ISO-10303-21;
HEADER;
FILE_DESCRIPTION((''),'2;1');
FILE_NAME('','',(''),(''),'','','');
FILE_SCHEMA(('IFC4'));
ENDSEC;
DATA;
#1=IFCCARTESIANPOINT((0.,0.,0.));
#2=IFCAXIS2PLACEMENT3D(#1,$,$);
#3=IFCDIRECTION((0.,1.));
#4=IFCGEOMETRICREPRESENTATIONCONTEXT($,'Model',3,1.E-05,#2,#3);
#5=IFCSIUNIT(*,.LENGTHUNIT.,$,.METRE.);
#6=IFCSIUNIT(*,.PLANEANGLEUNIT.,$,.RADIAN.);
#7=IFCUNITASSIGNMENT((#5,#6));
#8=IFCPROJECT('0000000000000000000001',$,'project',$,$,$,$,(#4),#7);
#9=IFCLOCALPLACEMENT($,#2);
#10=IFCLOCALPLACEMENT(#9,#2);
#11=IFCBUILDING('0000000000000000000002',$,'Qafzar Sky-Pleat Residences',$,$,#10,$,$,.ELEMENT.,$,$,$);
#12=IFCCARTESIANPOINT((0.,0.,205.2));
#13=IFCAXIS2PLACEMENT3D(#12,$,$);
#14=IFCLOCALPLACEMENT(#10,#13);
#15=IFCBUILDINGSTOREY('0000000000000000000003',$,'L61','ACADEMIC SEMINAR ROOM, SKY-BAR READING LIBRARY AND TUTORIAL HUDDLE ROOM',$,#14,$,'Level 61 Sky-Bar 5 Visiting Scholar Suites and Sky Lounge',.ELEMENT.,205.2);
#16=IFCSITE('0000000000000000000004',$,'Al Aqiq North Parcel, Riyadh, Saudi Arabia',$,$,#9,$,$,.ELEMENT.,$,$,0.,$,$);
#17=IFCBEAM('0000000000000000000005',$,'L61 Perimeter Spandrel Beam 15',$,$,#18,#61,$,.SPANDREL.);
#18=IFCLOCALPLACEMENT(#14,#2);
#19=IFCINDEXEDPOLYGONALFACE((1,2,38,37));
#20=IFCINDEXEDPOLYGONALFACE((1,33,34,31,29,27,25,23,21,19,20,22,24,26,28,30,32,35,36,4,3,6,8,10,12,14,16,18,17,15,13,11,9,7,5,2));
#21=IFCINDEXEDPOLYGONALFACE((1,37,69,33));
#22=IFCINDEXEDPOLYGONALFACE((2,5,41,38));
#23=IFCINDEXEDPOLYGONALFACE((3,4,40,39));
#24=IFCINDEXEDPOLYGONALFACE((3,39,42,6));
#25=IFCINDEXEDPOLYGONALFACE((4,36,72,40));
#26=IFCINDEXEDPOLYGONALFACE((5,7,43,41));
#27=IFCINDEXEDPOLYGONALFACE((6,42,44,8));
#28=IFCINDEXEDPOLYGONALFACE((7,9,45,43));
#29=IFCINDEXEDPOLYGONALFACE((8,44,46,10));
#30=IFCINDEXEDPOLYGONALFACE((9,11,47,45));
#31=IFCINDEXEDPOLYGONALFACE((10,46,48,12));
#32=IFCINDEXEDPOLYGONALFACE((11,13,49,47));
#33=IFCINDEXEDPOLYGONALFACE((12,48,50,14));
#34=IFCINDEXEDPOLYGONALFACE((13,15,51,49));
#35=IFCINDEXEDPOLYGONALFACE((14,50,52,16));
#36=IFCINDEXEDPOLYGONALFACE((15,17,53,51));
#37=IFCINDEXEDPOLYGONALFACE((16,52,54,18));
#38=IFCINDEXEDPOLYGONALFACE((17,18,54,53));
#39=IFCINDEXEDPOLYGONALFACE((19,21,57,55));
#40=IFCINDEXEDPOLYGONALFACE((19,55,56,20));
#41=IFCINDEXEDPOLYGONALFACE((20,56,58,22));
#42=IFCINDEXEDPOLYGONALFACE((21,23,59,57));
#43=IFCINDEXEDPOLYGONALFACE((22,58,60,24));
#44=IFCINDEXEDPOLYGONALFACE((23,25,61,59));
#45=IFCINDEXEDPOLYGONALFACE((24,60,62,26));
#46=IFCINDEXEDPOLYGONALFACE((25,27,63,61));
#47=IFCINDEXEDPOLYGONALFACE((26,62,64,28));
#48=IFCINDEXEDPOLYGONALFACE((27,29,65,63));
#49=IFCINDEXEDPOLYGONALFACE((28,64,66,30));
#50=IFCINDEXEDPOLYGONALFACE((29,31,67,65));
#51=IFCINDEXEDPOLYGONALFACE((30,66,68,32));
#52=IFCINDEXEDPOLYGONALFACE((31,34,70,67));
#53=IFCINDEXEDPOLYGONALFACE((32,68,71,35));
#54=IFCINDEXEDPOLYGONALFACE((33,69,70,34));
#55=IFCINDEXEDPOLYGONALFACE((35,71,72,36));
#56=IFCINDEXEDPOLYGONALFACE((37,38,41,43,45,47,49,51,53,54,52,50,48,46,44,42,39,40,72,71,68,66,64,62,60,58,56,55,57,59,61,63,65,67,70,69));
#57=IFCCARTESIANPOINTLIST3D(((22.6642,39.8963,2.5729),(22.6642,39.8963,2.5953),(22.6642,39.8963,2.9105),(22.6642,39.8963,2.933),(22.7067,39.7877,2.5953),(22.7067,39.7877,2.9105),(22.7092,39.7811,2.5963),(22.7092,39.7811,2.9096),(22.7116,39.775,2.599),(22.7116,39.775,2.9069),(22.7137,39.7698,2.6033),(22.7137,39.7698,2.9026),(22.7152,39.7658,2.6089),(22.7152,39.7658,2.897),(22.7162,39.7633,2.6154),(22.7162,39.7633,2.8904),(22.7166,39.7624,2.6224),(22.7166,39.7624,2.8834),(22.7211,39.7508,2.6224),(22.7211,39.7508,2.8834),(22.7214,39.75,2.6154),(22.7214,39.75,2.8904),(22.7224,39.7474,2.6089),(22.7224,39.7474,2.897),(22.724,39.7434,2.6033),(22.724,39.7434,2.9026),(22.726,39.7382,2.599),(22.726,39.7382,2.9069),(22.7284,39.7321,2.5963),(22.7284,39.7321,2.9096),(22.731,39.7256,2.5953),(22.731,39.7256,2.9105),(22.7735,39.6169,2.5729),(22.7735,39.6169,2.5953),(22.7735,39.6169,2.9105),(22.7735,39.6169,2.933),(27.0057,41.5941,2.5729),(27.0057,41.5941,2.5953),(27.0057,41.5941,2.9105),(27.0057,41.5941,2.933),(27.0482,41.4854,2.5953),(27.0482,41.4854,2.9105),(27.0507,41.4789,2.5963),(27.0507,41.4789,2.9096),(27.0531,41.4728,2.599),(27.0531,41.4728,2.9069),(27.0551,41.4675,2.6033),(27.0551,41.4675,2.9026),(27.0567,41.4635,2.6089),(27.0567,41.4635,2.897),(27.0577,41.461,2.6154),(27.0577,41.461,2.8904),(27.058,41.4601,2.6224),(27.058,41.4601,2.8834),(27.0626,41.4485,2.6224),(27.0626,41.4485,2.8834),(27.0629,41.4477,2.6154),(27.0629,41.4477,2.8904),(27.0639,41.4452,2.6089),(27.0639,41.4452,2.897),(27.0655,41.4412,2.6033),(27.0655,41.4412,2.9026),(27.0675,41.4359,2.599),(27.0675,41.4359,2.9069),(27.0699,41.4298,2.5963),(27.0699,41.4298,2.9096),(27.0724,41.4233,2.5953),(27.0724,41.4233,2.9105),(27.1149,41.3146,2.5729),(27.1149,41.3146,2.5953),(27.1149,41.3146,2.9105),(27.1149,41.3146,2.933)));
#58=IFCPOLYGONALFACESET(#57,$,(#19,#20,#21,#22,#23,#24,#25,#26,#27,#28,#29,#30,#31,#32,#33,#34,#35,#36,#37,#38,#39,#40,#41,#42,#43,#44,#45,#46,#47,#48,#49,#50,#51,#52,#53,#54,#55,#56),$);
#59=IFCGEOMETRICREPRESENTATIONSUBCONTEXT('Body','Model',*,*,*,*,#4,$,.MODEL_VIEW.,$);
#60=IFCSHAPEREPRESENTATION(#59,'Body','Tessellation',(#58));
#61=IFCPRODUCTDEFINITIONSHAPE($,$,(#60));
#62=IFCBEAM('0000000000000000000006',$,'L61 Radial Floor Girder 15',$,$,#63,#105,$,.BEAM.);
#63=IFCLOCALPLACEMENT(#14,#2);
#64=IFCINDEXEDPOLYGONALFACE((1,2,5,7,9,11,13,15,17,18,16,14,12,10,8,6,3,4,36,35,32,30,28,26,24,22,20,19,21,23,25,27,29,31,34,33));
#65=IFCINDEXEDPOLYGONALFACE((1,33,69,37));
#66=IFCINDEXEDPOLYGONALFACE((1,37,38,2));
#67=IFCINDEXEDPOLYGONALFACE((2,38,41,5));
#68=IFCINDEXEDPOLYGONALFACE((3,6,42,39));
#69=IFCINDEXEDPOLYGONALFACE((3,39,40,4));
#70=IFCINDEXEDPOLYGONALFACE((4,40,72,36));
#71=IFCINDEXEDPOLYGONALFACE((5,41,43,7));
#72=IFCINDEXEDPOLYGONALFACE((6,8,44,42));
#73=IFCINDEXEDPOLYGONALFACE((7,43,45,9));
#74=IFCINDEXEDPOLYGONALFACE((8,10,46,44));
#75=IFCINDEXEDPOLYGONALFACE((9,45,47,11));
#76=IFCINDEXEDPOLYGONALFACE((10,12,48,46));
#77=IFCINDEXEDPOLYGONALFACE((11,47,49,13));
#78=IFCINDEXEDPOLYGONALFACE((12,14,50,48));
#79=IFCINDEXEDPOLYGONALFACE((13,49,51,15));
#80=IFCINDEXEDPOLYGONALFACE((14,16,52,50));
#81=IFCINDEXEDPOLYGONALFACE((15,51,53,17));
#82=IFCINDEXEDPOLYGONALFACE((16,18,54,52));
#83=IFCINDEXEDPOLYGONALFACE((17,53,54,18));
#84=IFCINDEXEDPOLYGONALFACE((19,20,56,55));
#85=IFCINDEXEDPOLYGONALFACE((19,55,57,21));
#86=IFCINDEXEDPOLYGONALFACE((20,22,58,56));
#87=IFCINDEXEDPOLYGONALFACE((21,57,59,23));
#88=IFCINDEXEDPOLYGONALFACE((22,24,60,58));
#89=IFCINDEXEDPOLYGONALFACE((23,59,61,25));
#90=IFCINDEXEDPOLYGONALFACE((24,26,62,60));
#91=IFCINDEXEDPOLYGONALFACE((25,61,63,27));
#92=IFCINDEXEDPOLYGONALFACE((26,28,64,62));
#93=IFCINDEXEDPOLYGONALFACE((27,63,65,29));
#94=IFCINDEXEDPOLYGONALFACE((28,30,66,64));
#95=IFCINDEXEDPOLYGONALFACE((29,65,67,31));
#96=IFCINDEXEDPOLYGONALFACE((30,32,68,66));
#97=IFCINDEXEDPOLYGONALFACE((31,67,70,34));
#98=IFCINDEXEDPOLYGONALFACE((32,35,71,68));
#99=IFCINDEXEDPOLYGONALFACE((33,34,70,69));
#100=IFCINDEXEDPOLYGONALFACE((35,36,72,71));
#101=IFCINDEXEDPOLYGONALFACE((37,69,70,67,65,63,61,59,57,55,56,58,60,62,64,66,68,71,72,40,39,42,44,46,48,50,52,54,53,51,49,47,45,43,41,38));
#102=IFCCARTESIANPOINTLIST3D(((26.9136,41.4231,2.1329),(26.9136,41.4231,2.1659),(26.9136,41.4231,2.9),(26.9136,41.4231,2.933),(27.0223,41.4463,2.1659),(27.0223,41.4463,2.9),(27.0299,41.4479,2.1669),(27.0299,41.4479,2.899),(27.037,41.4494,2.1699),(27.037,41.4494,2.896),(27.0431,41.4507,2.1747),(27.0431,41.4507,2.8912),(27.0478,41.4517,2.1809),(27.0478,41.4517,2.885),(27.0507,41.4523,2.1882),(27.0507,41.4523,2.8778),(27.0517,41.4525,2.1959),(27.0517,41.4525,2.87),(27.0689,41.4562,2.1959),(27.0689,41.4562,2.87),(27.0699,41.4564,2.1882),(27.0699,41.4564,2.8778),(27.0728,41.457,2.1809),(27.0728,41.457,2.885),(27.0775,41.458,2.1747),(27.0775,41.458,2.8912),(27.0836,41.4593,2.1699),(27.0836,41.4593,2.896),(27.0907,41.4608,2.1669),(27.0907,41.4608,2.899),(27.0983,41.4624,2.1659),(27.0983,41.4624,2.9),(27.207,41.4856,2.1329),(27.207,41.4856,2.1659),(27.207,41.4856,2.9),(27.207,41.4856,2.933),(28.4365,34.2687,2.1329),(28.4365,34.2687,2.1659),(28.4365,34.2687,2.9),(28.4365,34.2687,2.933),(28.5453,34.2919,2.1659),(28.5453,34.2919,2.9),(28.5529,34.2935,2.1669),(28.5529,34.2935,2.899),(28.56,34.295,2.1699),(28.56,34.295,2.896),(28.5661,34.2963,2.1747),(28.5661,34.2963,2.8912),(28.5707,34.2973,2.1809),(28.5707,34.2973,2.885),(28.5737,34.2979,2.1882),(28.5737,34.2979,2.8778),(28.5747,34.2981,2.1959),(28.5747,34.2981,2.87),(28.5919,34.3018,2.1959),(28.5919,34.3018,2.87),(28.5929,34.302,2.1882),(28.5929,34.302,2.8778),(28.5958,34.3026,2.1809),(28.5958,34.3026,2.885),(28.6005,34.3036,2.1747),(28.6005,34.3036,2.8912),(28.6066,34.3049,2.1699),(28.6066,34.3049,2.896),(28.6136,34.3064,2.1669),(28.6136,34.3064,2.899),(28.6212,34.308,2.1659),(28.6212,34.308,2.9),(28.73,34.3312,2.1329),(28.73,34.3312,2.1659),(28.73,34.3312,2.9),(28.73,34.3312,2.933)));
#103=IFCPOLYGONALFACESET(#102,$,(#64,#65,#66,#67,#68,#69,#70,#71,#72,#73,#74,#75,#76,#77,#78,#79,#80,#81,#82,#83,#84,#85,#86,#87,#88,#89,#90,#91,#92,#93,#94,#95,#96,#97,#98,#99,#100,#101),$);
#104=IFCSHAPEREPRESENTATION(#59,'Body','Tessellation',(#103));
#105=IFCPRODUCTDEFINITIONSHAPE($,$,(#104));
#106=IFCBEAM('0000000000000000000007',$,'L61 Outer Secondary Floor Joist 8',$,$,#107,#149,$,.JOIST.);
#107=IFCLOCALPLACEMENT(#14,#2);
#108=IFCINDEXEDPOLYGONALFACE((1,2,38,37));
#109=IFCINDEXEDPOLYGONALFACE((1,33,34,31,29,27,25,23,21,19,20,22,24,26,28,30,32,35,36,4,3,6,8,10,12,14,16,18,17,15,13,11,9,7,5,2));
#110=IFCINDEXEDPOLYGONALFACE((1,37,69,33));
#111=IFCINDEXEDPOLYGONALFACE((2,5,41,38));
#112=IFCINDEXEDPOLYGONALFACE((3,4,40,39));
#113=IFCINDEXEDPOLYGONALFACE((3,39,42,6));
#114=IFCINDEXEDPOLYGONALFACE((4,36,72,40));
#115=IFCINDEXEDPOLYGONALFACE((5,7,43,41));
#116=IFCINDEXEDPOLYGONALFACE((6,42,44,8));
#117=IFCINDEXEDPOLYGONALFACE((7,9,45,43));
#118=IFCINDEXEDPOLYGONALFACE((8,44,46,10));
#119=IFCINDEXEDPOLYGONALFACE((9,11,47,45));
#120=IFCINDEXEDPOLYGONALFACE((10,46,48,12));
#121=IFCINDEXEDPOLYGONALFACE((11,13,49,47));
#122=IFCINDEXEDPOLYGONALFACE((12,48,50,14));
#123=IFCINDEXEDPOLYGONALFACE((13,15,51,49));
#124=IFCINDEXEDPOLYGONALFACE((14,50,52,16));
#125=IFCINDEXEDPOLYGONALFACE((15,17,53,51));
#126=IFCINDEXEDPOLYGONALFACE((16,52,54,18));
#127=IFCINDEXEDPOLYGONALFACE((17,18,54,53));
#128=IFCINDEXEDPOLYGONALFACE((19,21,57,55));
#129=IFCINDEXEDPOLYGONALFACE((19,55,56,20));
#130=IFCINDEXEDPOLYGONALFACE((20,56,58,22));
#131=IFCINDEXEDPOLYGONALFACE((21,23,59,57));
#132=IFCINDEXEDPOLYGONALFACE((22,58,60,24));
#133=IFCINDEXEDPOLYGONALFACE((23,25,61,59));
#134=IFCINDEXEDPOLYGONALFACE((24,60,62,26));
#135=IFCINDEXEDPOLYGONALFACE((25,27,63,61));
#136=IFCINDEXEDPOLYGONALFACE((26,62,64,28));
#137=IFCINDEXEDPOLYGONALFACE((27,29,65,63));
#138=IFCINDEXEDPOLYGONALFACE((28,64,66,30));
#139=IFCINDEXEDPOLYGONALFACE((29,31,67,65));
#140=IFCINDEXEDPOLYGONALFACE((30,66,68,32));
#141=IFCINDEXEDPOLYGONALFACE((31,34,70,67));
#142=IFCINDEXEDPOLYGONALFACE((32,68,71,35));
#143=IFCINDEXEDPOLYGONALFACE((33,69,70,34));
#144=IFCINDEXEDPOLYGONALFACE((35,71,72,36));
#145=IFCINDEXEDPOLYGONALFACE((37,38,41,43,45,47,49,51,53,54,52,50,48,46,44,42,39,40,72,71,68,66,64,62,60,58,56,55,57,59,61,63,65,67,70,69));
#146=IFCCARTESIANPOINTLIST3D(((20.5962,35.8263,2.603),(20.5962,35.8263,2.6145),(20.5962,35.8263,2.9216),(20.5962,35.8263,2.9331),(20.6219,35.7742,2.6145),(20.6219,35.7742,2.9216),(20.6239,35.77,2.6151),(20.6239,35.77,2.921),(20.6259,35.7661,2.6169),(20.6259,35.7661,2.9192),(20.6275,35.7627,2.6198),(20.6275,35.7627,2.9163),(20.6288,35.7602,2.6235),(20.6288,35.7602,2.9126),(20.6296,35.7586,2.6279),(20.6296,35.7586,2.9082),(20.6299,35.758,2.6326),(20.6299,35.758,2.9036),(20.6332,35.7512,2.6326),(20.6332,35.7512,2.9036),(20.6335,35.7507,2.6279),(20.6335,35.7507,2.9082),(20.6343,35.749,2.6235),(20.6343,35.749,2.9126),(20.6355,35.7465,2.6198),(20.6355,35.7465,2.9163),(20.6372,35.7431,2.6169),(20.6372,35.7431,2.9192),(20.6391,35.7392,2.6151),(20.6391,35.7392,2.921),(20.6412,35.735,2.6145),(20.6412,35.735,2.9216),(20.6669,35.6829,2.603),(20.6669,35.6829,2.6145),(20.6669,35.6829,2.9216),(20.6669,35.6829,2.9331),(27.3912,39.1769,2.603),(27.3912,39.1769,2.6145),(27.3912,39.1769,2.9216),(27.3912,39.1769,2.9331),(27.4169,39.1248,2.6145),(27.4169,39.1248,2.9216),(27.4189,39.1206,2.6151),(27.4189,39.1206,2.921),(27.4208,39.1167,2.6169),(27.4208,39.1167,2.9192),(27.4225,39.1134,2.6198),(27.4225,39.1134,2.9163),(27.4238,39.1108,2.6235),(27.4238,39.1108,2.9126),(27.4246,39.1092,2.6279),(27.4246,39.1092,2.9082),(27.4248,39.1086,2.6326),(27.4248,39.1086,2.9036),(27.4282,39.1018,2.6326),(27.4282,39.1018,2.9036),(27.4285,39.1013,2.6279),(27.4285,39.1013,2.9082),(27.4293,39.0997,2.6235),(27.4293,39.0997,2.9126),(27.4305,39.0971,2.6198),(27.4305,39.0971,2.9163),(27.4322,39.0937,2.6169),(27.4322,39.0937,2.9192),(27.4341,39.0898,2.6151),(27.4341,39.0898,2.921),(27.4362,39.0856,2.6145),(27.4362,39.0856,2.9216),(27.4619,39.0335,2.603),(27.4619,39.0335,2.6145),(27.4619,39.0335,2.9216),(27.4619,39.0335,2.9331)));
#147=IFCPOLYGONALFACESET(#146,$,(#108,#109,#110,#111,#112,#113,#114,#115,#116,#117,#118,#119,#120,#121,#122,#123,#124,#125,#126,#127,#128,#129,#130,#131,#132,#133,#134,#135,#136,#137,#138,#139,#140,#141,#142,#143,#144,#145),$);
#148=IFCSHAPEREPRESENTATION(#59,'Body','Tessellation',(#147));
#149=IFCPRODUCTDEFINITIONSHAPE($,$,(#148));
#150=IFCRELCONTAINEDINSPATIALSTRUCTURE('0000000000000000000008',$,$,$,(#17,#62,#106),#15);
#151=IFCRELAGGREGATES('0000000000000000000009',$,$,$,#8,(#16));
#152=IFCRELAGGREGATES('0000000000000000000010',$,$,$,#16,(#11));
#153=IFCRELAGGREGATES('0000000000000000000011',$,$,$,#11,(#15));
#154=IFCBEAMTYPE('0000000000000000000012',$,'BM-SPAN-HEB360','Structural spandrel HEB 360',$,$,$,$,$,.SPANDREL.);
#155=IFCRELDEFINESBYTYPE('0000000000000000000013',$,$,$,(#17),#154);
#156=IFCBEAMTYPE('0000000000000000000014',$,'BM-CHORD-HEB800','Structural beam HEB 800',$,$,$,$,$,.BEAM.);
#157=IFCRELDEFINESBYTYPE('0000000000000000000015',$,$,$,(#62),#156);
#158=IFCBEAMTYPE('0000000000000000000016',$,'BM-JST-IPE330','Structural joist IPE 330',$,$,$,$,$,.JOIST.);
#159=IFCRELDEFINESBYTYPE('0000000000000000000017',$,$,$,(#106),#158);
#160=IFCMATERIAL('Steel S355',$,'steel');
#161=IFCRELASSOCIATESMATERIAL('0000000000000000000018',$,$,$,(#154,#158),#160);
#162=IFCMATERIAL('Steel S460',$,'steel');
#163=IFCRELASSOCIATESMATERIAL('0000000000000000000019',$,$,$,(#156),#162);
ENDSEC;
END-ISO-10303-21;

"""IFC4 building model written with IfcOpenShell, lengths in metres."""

from ifc_helpers import new_model, si_unit, direction, frame, origin, origin_2d, place, context, subcontext, project, spatial, i_section, extrude, source, transform, mapped, material, material_profile, profile_set, type_object, element, save


model = new_model("IFC4")

# Units and contexts
model_context = context("Model", 3, precision=1e-05, world=origin(), true_north=direction((0.0, 1.0)))
body_context = subcontext(model_context, "Body", "Model", "MODEL_VIEW")
ifc_project = project(units=[si_unit("LENGTHUNIT", "METRE"), si_unit("PLANEANGLEUNIT", "RADIAN")], contexts=[model_context])

# Site, building, storey
site_placement = place(None, origin())
site = spatial("IfcSite", under=ifc_project, at=site_placement, Name="Al Aqiq North Parcel, Riyadh, Saudi Arabia", CompositionType="ELEMENT", RefElevation=0.0)
building_placement = place(site_placement, origin())
building = spatial("IfcBuilding", under=site, at=building_placement, Name="Qafzar Sky-Pleat Residences", CompositionType="ELEMENT")
storey_placement = place(building_placement, frame((0.0, 0.0, 205.2)))
storey = spatial("IfcBuildingStorey", under=building, at=storey_placement, Name="L61", Description="ACADEMIC SEMINAR ROOM, SKY-BAR READING LIBRARY AND TUTORIAL HUDDLE ROOM", LongName="Level 61 Sky-Bar 5 Visiting Scholar Suites and Sky Lounge", CompositionType="ELEMENT", Elevation=205.2)

# Shared definitions
ifc_material_1 = material(Name="Steel S355", Category="steel")

# Shared definitions
ifc_material_2 = material(Name="Steel S460", Category="steel")

# Beams
ifc_material_profile_1 = material_profile(ifc_material_1, i_section(OverallWidth=0.3, OverallDepth=0.3601, WebThickness=0.0125, FlangeThickness=0.0225, FilletRadius=0.0271, at=origin_2d()), Name="HEB 360")
ifc_profile_set_1 = profile_set([ifc_material_profile_1], Name="Steel S355")
beam_type_1 = type_object("IfcBeamType", Name="BM-SPAN-HEB360", Description="Structural spandrel HEB 360", PredefinedType="SPANDREL", material=ifc_profile_set_1)
shared_shape_1 = source(origin(), body_context, "Body", "SweptSolid", [
    extrude(i_section(OverallWidth=0.3, OverallDepth=0.3601, WebThickness=0.0125, FlangeThickness=0.0225, FilletRadius=0.0271, at=origin_2d()), origin(), (0.0, 0.0, 1.0), 4.6616),
])
beam_1_placement = place(storey_placement, frame((27.0603, 41.4543, 2.7529), z_axis=(-0.931324, -0.364192, 0.0), x_axis=(0.364192, -0.931324, 0.0)))
element("IfcBeam", 1, at=beam_1_placement, inside=storey, type_object=beam_type_1, Name="L61 Perimeter Spandrel Beam 15", PredefinedType="SPANDREL", context=body_context, shape_type="MappedRepresentation", body=[
    mapped(shared_shape_1, transform((0.0, 0.0, 0.0), x_axis=(1.0, 0.0, 0.0), y_axis=(0.0, 1.0, 0.0), z_axis=(0.0, 0.0, 1.0), scale=1.0)),
])
ifc_material_profile_2 = material_profile(ifc_material_2, i_section(OverallWidth=0.3, OverallDepth=0.8, WebThickness=0.0176, FlangeThickness=0.033, FilletRadius=0.03, at=origin_2d()), Name="HEB 800")
ifc_profile_set_2 = profile_set([ifc_material_profile_2], Name="Steel S460")
beam_type_2 = type_object("IfcBeamType", Name="BM-CHORD-HEB800", Description="Structural beam HEB 800", PredefinedType="BEAM", material=ifc_profile_set_2)
shared_shape_2 = source(origin(), body_context, "Body", "SweptSolid", [
    extrude(i_section(OverallWidth=0.3, OverallDepth=0.8, WebThickness=0.0176, FlangeThickness=0.033, FilletRadius=0.03, at=origin_2d()), origin(), (0.0, 0.0, 1.0), 7.3147),
])
beam_2_placement = place(storey_placement, frame((27.0603, 41.4543, 2.533), z_axis=(0.208207, -0.978085, 0.0), x_axis=(0.978085, 0.208207, 0.0)))
element("IfcBeam", 2, at=beam_2_placement, inside=storey, type_object=beam_type_2, Name="L61 Radial Floor Girder 15", PredefinedType="BEAM", context=body_context, shape_type="MappedRepresentation", body=[
    mapped(shared_shape_2, transform((0.0, 0.0, 0.0), x_axis=(1.0, 0.0, 0.0), y_axis=(0.0, 1.0, 0.0), z_axis=(0.0, 0.0, 1.0), scale=1.0)),
])
ifc_material_profile_3 = material_profile(ifc_material_1, i_section(OverallWidth=0.1599, OverallDepth=0.3301, WebThickness=0.0076, FlangeThickness=0.0115, FilletRadius=0.0181, at=origin_2d()), Name="IPE 330")
ifc_profile_set_3 = profile_set([ifc_material_profile_3], Name="Steel S355")
beam_type_3 = type_object("IfcBeamType", Name="BM-JST-IPE330", Description="Structural joist IPE 330", PredefinedType="JOIST", material=ifc_profile_set_3)
shared_shape_3 = source(origin(), body_context, "Body", "SweptSolid", [
    extrude(i_section(OverallWidth=0.1599, OverallDepth=0.3301, WebThickness=0.0076, FlangeThickness=0.0115, FilletRadius=0.0181, at=origin_2d()), origin(), (0.0, 0.0, 1.0), 7.5762),
])
beam_3_placement = place(storey_placement, frame((27.4265, 39.1052, 2.7681), z_axis=(-0.896888, -0.442257, 0.0), x_axis=(0.442257, -0.896888, 0.0)))
element("IfcBeam", 3, at=beam_3_placement, inside=storey, type_object=beam_type_3, Name="L61 Outer Secondary Floor Joist 8", PredefinedType="JOIST", context=body_context, shape_type="MappedRepresentation", body=[
    mapped(shared_shape_3, transform((0.0, 0.0, 0.0), x_axis=(1.0, 0.0, 0.0), y_axis=(0.0, 1.0, 0.0), z_axis=(0.0, 0.0, 1.0), scale=1.0)),
])

save(model, "model.ifc")
